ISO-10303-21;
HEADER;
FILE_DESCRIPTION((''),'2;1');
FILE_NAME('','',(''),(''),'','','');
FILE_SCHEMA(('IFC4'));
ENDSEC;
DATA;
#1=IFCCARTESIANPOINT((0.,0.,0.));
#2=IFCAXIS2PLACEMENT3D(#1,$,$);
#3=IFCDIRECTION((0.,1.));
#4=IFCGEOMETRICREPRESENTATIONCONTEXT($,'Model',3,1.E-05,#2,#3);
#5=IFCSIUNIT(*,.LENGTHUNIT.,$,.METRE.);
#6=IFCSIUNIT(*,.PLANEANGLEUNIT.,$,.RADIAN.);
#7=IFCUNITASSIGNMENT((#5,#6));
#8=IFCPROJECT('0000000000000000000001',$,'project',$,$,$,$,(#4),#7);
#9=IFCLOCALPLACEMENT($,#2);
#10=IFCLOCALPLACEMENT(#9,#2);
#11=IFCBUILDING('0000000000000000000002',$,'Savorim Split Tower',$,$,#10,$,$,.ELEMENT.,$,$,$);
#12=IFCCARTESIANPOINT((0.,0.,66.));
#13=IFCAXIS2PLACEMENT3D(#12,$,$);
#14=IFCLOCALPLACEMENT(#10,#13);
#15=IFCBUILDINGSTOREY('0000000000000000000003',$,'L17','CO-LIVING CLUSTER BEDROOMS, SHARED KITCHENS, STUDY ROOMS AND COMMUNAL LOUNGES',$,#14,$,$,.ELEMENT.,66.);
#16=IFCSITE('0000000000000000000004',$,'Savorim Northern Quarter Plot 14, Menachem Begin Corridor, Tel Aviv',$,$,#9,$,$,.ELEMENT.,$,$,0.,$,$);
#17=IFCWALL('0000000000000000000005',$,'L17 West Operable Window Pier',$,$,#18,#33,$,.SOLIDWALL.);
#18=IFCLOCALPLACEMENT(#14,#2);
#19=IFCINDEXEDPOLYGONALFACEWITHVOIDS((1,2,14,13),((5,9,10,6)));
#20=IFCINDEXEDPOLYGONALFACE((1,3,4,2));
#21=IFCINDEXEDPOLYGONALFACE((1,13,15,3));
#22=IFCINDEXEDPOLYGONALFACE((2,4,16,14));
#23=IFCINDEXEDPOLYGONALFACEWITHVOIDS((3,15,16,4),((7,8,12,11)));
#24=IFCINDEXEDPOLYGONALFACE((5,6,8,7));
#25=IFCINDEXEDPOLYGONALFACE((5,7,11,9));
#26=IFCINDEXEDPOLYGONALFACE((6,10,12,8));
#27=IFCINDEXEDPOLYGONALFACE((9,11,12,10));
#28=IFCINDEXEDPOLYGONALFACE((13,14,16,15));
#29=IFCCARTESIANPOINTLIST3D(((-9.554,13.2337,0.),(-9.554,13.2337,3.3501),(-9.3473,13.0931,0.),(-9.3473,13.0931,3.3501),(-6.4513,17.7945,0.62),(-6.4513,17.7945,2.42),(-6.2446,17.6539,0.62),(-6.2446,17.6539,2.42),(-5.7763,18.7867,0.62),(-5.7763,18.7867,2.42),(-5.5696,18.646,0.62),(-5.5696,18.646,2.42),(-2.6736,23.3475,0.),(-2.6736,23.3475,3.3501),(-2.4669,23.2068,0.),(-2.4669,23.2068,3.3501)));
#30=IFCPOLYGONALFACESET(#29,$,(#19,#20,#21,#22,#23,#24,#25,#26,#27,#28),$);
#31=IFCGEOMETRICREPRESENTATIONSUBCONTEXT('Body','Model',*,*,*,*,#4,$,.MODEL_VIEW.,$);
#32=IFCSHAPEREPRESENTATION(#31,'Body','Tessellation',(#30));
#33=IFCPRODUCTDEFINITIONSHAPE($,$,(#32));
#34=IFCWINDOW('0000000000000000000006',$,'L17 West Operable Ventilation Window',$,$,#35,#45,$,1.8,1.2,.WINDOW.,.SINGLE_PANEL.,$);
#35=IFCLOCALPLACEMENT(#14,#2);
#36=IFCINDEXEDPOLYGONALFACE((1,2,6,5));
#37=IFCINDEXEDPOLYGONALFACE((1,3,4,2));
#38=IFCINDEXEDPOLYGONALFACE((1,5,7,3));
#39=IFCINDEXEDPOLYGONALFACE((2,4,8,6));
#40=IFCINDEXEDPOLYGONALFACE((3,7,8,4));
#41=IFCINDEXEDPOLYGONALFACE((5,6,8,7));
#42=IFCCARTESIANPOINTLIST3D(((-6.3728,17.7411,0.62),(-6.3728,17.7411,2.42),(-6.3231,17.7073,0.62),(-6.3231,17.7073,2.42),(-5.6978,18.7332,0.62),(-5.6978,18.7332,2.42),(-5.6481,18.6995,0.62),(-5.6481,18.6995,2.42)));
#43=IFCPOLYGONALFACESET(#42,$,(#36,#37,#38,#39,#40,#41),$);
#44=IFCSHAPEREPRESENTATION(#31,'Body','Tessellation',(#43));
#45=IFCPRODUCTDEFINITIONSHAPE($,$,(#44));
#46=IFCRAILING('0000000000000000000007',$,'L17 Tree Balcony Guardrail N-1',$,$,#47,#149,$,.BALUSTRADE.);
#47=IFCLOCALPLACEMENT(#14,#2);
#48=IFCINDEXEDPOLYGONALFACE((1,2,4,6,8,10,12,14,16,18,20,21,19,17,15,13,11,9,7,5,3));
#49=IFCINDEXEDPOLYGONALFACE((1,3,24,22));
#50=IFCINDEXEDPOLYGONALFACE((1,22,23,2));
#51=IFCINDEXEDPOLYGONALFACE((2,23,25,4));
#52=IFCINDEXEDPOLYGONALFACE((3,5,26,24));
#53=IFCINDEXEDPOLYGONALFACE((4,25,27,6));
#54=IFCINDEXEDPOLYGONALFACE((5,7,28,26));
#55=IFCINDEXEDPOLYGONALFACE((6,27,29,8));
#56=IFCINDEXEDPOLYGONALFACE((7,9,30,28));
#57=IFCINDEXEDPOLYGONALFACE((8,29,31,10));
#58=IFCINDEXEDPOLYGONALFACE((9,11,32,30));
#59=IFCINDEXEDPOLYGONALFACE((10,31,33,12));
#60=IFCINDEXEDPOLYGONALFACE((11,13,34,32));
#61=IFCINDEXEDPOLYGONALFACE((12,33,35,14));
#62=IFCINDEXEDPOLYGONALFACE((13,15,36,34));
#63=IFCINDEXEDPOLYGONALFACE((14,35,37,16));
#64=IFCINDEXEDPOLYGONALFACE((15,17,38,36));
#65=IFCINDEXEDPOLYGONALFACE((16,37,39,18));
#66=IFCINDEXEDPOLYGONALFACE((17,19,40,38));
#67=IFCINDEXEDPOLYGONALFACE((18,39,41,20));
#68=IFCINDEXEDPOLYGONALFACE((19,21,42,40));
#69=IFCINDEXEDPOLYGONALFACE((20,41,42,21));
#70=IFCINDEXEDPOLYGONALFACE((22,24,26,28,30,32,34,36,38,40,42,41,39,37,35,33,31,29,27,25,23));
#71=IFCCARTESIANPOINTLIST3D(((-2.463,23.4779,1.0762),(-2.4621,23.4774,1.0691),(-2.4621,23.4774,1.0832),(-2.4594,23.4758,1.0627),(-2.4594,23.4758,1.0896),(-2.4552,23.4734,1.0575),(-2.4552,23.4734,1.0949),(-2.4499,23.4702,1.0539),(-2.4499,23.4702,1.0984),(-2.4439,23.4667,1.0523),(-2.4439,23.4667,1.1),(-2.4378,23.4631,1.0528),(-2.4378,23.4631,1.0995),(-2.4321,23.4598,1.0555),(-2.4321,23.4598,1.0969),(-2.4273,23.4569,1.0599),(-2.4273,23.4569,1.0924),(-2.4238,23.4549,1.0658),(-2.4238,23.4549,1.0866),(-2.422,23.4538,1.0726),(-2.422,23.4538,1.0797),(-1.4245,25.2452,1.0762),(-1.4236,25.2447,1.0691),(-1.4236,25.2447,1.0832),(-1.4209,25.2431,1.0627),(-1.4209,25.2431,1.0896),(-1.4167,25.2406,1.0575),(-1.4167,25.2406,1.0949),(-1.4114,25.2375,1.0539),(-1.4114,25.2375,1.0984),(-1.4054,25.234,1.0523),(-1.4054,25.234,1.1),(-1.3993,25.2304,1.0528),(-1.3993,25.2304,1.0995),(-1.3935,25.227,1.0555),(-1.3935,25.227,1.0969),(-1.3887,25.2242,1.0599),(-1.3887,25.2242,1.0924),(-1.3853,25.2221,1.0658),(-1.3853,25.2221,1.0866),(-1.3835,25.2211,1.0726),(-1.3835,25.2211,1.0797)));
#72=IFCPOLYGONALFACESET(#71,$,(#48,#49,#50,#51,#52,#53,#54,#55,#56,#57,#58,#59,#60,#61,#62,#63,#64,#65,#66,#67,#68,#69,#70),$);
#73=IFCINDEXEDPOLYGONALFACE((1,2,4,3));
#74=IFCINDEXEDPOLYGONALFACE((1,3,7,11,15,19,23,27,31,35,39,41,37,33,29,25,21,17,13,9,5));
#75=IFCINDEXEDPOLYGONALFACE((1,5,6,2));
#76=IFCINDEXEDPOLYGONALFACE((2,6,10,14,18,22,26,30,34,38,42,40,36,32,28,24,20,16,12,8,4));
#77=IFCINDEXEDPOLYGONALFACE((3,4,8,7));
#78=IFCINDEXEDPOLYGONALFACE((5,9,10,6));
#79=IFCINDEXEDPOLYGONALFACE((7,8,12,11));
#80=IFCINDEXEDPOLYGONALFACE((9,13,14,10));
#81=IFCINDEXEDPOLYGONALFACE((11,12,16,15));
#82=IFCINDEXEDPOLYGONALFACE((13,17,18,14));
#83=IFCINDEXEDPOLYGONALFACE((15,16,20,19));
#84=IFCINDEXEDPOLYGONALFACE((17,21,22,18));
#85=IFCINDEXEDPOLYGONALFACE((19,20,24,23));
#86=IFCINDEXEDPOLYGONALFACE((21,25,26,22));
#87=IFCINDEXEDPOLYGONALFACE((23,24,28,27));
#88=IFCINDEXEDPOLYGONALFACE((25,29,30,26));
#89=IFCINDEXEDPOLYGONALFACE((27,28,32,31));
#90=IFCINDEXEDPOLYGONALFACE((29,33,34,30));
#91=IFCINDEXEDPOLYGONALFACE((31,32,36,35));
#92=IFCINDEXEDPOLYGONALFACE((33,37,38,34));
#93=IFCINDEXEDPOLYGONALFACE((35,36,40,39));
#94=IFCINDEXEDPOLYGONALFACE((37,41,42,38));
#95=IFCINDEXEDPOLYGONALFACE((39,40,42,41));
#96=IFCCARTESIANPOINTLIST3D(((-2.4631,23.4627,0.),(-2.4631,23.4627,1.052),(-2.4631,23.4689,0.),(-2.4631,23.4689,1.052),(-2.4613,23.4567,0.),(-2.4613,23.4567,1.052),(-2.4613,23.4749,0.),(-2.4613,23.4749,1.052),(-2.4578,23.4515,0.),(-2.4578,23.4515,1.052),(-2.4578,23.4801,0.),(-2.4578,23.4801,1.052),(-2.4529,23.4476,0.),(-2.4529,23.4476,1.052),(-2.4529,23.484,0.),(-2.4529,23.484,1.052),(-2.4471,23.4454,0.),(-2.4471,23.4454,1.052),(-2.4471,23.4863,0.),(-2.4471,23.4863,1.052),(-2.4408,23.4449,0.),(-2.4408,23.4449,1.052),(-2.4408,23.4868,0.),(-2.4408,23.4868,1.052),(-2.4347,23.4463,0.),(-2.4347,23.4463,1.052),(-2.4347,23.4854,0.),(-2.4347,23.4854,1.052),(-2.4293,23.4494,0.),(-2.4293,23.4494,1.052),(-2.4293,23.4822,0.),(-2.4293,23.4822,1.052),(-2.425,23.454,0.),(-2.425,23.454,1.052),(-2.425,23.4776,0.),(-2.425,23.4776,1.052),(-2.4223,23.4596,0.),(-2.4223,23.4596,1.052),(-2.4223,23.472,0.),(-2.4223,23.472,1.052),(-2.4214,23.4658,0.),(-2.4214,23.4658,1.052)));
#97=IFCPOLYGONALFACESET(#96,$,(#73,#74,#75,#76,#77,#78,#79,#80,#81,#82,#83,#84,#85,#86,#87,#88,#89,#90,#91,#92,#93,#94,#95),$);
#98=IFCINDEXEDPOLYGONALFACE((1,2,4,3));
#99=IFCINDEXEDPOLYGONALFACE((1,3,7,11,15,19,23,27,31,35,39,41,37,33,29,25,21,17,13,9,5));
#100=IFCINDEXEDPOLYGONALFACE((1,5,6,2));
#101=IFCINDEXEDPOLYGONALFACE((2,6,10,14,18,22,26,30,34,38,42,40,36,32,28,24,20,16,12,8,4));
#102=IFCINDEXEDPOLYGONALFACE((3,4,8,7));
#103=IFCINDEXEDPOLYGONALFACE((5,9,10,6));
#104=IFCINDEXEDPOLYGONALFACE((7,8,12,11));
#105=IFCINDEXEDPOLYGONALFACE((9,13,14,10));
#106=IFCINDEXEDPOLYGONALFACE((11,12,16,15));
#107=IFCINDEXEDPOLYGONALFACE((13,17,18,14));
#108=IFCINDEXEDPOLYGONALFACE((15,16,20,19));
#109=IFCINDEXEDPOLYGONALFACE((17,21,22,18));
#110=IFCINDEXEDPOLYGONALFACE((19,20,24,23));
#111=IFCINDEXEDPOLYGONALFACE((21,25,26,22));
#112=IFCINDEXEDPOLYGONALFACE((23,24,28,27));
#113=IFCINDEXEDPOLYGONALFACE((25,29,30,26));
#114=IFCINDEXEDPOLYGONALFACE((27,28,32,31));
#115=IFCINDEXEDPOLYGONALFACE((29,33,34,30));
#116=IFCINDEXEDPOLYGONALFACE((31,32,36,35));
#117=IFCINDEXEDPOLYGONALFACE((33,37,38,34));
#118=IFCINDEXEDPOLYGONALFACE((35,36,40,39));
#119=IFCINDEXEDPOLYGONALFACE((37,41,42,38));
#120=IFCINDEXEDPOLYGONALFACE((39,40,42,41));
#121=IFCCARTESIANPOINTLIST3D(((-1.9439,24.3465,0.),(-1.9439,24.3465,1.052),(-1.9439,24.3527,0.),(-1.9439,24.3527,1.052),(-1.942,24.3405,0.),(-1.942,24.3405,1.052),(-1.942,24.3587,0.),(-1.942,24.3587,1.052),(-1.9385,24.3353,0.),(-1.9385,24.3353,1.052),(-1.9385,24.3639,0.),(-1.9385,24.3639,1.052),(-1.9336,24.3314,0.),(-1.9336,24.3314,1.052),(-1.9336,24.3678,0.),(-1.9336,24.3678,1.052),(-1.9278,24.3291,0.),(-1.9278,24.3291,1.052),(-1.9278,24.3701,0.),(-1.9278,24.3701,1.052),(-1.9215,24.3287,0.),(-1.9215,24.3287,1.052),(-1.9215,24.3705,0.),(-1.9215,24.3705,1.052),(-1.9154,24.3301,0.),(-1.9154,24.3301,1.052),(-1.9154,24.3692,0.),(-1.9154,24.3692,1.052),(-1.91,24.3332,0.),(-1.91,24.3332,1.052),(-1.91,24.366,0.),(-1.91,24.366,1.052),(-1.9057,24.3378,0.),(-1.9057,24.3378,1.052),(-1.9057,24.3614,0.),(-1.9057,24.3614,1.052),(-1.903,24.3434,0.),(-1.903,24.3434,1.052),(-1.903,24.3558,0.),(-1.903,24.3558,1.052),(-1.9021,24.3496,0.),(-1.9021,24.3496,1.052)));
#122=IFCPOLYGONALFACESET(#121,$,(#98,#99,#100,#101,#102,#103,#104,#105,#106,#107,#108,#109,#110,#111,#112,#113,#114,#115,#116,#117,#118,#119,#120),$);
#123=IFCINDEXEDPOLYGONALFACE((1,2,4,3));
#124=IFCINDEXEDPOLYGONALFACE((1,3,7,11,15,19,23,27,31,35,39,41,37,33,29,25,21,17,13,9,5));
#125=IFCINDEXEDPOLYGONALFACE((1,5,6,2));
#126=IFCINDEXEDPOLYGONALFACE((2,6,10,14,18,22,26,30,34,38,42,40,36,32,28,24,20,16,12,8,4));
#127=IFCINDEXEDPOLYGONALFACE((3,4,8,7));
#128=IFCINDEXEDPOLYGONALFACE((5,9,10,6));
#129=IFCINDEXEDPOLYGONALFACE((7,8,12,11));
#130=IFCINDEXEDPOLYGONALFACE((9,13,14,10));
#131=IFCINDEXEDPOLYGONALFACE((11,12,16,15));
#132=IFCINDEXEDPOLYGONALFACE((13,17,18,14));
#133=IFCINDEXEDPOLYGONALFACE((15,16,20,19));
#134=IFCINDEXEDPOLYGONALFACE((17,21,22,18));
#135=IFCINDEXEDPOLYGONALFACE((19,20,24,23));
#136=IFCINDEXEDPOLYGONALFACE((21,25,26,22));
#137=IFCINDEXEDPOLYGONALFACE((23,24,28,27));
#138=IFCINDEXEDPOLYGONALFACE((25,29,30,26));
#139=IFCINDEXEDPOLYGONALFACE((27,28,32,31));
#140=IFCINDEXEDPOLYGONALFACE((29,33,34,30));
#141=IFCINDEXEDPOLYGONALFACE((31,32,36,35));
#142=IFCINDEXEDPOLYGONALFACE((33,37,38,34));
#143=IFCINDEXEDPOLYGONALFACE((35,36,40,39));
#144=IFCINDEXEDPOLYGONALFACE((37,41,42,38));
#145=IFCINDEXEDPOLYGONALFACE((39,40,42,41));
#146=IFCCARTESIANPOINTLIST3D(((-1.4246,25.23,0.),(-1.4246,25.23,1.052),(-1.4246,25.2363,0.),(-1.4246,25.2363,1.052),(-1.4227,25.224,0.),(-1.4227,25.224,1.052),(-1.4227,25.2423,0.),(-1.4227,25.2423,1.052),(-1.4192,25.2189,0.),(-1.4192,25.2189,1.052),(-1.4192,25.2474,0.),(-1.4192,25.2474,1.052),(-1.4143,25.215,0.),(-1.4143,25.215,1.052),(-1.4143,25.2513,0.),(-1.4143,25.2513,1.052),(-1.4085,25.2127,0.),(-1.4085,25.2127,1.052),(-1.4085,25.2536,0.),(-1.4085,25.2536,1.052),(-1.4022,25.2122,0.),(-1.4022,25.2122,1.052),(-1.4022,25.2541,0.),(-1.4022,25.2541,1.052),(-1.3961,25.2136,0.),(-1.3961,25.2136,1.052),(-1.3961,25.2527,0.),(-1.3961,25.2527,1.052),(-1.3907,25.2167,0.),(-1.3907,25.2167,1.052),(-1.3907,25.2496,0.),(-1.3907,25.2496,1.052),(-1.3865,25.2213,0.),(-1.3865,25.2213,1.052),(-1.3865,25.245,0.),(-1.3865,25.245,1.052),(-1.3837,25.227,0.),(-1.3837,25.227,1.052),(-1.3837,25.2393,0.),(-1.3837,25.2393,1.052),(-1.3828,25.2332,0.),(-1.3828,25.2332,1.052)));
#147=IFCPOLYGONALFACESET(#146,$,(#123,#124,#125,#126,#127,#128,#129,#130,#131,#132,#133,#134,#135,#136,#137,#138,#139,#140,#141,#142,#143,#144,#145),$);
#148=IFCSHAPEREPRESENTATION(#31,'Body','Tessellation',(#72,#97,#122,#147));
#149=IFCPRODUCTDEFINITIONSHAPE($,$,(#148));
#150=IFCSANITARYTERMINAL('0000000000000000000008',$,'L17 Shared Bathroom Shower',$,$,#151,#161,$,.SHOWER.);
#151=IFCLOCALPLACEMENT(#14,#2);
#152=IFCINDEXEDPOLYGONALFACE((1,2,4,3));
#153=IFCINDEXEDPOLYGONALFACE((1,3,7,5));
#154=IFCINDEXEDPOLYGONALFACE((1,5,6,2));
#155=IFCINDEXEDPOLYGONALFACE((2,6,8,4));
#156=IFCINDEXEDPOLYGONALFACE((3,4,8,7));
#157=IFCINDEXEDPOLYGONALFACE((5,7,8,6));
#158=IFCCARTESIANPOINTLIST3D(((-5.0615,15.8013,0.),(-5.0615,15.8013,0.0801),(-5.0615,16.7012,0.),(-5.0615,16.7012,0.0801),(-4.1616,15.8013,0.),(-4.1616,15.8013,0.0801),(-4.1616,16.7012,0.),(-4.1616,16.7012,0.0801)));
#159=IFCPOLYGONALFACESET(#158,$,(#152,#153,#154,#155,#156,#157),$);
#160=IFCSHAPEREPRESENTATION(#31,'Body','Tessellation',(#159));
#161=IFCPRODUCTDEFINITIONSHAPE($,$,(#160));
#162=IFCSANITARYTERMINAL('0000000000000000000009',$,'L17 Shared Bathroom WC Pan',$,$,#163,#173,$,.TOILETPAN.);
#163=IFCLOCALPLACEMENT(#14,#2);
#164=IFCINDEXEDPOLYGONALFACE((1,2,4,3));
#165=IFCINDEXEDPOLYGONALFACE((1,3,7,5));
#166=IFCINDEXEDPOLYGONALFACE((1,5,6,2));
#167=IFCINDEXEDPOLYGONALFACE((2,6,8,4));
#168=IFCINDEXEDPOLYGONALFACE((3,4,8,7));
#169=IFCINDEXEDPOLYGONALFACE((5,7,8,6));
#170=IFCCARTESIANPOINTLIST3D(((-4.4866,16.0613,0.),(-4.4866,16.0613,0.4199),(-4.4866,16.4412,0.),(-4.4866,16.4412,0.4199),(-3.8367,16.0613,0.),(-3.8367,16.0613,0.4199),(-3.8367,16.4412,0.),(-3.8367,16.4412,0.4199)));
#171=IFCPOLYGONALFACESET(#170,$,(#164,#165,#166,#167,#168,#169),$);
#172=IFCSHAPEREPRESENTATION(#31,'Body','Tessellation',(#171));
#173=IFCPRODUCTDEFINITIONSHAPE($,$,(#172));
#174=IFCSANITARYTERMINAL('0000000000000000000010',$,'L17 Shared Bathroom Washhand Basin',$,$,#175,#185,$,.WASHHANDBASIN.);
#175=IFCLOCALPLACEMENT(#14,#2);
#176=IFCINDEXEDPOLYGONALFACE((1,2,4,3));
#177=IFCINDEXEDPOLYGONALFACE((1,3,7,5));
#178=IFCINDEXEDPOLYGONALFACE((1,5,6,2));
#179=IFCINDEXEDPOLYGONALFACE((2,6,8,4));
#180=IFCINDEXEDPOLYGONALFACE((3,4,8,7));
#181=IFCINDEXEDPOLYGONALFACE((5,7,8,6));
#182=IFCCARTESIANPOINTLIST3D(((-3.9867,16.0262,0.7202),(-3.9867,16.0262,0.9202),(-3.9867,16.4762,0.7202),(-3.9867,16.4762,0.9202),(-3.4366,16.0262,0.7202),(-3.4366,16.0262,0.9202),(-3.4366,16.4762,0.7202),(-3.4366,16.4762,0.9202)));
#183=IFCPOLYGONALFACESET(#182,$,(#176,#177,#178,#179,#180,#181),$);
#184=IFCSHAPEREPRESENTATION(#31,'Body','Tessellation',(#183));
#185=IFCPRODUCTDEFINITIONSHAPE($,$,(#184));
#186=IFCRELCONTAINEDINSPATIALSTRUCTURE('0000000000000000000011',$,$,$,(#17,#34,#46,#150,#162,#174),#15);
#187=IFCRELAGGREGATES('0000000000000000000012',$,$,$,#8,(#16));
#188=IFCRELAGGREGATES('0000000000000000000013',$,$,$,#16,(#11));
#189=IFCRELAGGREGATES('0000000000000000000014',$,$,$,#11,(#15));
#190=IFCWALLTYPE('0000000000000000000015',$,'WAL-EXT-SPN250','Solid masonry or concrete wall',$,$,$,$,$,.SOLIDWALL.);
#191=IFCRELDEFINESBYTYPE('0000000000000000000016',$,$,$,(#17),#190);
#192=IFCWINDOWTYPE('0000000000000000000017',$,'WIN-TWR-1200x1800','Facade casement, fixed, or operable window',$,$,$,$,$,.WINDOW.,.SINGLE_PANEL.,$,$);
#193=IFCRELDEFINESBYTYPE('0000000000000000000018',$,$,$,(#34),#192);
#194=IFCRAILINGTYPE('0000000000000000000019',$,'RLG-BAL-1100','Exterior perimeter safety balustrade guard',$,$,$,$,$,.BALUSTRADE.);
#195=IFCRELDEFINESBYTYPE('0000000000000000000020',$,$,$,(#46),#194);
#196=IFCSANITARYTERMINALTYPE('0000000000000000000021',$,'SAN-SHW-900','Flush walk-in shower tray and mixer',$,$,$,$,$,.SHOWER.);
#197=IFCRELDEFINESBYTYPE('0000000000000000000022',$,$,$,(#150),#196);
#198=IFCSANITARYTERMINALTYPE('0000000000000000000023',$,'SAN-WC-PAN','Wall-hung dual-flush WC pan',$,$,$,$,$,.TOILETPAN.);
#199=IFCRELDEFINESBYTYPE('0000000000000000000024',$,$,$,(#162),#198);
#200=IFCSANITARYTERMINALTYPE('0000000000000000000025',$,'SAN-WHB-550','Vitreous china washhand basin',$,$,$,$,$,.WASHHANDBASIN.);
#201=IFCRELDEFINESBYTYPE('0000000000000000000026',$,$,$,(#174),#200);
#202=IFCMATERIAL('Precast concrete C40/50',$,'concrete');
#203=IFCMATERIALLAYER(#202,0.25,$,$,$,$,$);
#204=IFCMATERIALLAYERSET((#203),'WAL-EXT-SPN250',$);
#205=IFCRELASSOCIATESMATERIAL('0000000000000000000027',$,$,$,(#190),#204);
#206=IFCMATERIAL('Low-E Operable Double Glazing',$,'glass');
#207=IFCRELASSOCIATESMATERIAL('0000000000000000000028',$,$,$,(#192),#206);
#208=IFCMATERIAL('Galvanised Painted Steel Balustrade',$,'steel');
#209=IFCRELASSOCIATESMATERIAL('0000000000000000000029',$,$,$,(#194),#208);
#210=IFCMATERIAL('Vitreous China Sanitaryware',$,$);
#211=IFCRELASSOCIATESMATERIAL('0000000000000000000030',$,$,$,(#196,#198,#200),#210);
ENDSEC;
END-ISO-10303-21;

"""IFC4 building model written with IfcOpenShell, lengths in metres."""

from ifc_helpers import new_model, si_unit, direction, frame, frame_2d, origin, origin_2d, place, context, subcontext, project, spatial, rectangle, circle, extrude, material, layer, layer_set, type_object, element, fill, save


model = new_model("IFC4")

# Units and contexts
model_context = context("Model", 3, precision=1e-05, world=origin(), true_north=direction((0.0, 1.0)))
body_context = subcontext(model_context, "Body", "Model", "MODEL_VIEW")
ifc_project = project(units=[si_unit("LENGTHUNIT", "METRE"), si_unit("PLANEANGLEUNIT", "RADIAN")], contexts=[model_context])

# Site, building, storey
site_placement = place(None, origin())
site = spatial("IfcSite", under=ifc_project, at=site_placement, Name="Savorim Northern Quarter Plot 14, Menachem Begin Corridor, Tel Aviv", CompositionType="ELEMENT", RefElevation=0.0)
building_placement = place(site_placement, origin())
building = spatial("IfcBuilding", under=site, at=building_placement, Name="Savorim Split Tower", CompositionType="ELEMENT")
storey_placement = place(building_placement, frame((0.0, 0.0, 66.0)))
storey = spatial("IfcBuildingStorey", under=building, at=storey_placement, Name="L17", Description="CO-LIVING CLUSTER BEDROOMS, SHARED KITCHENS, STUDY ROOMS AND COMMUNAL LOUNGES", CompositionType="ELEMENT", Elevation=66.0)

# Shared definitions
ifc_material_1 = material(Name="Precast concrete C40/50", Category="concrete")

# Wall, opening, window
ifc_layer_1 = layer(ifc_material_1, 0.25)
ifc_layer_set_1 = layer_set([ifc_layer_1], Name="WAL-EXT-SPN250")
wall_type_1 = type_object("IfcWallType", Name="WAL-EXT-SPN250", Description="Solid masonry or concrete wall", PredefinedType="SOLIDWALL", material=ifc_layer_set_1)
wall_1_placement = place(storey_placement, frame((-9.4507, 13.1633, 0.0), z_axis=(0.0, 0.0, 1.0), x_axis=(0.562478, 0.826812, 0.0)))
wall_1 = element("IfcWall", 1, at=wall_1_placement, inside=storey, type_object=wall_type_1, Name="L17 West Operable Window Pier", PredefinedType="SOLIDWALL", context=body_context, shape_type="SweptSolid", body=[
    extrude(rectangle(XDim=12.2322, YDim=0.25, at=frame_2d((6.1162, 0.0))), origin(), (0.0, 0.0, 1.0), 3.3501),
])
opening_1_placement = place(wall_1_placement, frame((5.5161, 0.0, 0.6201)))
opening_1 = element("IfcOpeningElement", 2, at=opening_1_placement, cuts=wall_1, PredefinedType="OPENING", context=body_context, shape_type="SweptSolid", body=[
    extrude(rectangle(XDim=1.2, YDim=1.8, at=frame_2d((0.6001, 0.8999))), frame((0.0, 0.135, 0.0), z_axis=(0.0, -1.0, 0.0), x_axis=(1.0, 0.0, 0.0)), (0.0, 0.0, 1.0), 0.27),
])
ifc_material_2 = material(Name="Low-E Operable Double Glazing", Category="glass")
window_type = type_object("IfcWindowType", Name="WIN-TWR-1200x1800", Description="Facade casement, fixed, or operable window", PartitioningType="SINGLE_PANEL", PredefinedType="WINDOW", material=ifc_material_2)
window_placement = place(opening_1_placement, origin())
window = element("IfcWindow", 3, at=window_placement, inside=storey, type_object=window_type, Name="L17 West Operable Ventilation Window", OverallHeight=1.8, OverallWidth=1.2, PartitioningType="SINGLE_PANEL", PredefinedType="WINDOW", context=body_context, shape_type="SweptSolid", body=[
    extrude(rectangle(XDim=1.2, YDim=1.8, at=frame_2d((0.6001, 0.8999))), frame((0.0, 0.03, 0.0), z_axis=(0.0, -1.0, 0.0), x_axis=(1.0, 0.0, 0.0)), (0.0, 0.0, 1.0), 0.0601),
])
fill(opening_1, window)

# Railing
ifc_material_3 = material(Name="Galvanised Painted Steel Balustrade", Category="steel")
railing_type = type_object("IfcRailingType", Name="RLG-BAL-1100", Description="Exterior perimeter safety balustrade guard", PredefinedType="BALUSTRADE", material=ifc_material_3)
railing_1_placement = place(storey_placement, frame((-2.4424, 23.4658, 0.0)))
element("IfcRailing", 4, at=railing_1_placement, inside=storey, type_object=railing_type, Name="L17 Tree Balcony Guardrail N-1", PredefinedType="BALUSTRADE", context=body_context, shape_type="SweptSolid", body=[
    extrude(circle(Radius=0.0239, at=origin_2d()), frame((0.0, 0.0, 1.0762), z_axis=(0.506645, 0.862155, 0.0), x_axis=(-0.862155, 0.506645, 0.0)), (0.0, 0.0, 1.0), 2.0498),
    extrude(circle(Radius=0.021, at=origin_2d()), origin(), (0.0, 0.0, 1.0), 1.052),
    extrude(circle(Radius=0.021, at=origin_2d()), frame((0.5193, 0.8838, 0.0)), (0.0, 0.0, 1.0), 1.052),
    extrude(circle(Radius=0.021, at=origin_2d()), frame((1.0386, 1.7673, 0.0)), (0.0, 0.0, 1.0), 1.052),
])

# Sanitary terminals
ifc_material_4 = material(Name="Vitreous China Sanitaryware")
sanitary_terminal_type_1 = type_object("IfcSanitaryTerminalType", Name="SAN-SHW-900", Description="Flush walk-in shower tray and mixer", PredefinedType="SHOWER", material=ifc_material_4)
sanitary_terminal_1_placement = place(storey_placement, frame((-4.6116, 16.2512, 0.0), z_axis=(0.0, 0.0, 1.0), x_axis=(1.0, 0.0, 0.0)))
element("IfcSanitaryTerminal", 5, at=sanitary_terminal_1_placement, inside=storey, type_object=sanitary_terminal_type_1, Name="L17 Shared Bathroom Shower", PredefinedType="SHOWER", context=body_context, shape_type="SweptSolid", body=[
    extrude(rectangle(XDim=0.8999, YDim=0.8999, at=origin_2d()), origin(), (0.0, 0.0, 1.0), 0.0801),
])
sanitary_terminal_type_2 = type_object("IfcSanitaryTerminalType", Name="SAN-WC-PAN", Description="Wall-hung dual-flush WC pan", PredefinedType="TOILETPAN", material=ifc_material_4)
sanitary_terminal_2_placement = place(storey_placement, frame((-4.1616, 16.2512, 0.0), z_axis=(0.0, 0.0, 1.0), x_axis=(1.0, 0.0, 0.0)))
element("IfcSanitaryTerminal", 6, at=sanitary_terminal_2_placement, inside=storey, type_object=sanitary_terminal_type_2, Name="L17 Shared Bathroom WC Pan", PredefinedType="TOILETPAN", context=body_context, shape_type="SweptSolid", body=[
    extrude(rectangle(XDim=0.6499, YDim=0.3799, at=origin_2d()), origin(), (0.0, 0.0, 1.0), 0.4199),
])
sanitary_terminal_type_3 = type_object("IfcSanitaryTerminalType", Name="SAN-WHB-550", Description="Vitreous china washhand basin", PredefinedType="WASHHANDBASIN", material=ifc_material_4)
sanitary_terminal_3_placement = place(storey_placement, frame((-3.7117, 16.2512, 0.7202), z_axis=(0.0, 0.0, 1.0), x_axis=(1.0, 0.0, 0.0)))
element("IfcSanitaryTerminal", 7, at=sanitary_terminal_3_placement, inside=storey, type_object=sanitary_terminal_type_3, Name="L17 Shared Bathroom Washhand Basin", PredefinedType="WASHHANDBASIN", context=body_context, shape_type="SweptSolid", body=[
    extrude(rectangle(XDim=0.55, YDim=0.45, at=origin_2d()), origin(), (0.0, 0.0, 1.0), 0.2),
])

save(model, "model.ifc")
